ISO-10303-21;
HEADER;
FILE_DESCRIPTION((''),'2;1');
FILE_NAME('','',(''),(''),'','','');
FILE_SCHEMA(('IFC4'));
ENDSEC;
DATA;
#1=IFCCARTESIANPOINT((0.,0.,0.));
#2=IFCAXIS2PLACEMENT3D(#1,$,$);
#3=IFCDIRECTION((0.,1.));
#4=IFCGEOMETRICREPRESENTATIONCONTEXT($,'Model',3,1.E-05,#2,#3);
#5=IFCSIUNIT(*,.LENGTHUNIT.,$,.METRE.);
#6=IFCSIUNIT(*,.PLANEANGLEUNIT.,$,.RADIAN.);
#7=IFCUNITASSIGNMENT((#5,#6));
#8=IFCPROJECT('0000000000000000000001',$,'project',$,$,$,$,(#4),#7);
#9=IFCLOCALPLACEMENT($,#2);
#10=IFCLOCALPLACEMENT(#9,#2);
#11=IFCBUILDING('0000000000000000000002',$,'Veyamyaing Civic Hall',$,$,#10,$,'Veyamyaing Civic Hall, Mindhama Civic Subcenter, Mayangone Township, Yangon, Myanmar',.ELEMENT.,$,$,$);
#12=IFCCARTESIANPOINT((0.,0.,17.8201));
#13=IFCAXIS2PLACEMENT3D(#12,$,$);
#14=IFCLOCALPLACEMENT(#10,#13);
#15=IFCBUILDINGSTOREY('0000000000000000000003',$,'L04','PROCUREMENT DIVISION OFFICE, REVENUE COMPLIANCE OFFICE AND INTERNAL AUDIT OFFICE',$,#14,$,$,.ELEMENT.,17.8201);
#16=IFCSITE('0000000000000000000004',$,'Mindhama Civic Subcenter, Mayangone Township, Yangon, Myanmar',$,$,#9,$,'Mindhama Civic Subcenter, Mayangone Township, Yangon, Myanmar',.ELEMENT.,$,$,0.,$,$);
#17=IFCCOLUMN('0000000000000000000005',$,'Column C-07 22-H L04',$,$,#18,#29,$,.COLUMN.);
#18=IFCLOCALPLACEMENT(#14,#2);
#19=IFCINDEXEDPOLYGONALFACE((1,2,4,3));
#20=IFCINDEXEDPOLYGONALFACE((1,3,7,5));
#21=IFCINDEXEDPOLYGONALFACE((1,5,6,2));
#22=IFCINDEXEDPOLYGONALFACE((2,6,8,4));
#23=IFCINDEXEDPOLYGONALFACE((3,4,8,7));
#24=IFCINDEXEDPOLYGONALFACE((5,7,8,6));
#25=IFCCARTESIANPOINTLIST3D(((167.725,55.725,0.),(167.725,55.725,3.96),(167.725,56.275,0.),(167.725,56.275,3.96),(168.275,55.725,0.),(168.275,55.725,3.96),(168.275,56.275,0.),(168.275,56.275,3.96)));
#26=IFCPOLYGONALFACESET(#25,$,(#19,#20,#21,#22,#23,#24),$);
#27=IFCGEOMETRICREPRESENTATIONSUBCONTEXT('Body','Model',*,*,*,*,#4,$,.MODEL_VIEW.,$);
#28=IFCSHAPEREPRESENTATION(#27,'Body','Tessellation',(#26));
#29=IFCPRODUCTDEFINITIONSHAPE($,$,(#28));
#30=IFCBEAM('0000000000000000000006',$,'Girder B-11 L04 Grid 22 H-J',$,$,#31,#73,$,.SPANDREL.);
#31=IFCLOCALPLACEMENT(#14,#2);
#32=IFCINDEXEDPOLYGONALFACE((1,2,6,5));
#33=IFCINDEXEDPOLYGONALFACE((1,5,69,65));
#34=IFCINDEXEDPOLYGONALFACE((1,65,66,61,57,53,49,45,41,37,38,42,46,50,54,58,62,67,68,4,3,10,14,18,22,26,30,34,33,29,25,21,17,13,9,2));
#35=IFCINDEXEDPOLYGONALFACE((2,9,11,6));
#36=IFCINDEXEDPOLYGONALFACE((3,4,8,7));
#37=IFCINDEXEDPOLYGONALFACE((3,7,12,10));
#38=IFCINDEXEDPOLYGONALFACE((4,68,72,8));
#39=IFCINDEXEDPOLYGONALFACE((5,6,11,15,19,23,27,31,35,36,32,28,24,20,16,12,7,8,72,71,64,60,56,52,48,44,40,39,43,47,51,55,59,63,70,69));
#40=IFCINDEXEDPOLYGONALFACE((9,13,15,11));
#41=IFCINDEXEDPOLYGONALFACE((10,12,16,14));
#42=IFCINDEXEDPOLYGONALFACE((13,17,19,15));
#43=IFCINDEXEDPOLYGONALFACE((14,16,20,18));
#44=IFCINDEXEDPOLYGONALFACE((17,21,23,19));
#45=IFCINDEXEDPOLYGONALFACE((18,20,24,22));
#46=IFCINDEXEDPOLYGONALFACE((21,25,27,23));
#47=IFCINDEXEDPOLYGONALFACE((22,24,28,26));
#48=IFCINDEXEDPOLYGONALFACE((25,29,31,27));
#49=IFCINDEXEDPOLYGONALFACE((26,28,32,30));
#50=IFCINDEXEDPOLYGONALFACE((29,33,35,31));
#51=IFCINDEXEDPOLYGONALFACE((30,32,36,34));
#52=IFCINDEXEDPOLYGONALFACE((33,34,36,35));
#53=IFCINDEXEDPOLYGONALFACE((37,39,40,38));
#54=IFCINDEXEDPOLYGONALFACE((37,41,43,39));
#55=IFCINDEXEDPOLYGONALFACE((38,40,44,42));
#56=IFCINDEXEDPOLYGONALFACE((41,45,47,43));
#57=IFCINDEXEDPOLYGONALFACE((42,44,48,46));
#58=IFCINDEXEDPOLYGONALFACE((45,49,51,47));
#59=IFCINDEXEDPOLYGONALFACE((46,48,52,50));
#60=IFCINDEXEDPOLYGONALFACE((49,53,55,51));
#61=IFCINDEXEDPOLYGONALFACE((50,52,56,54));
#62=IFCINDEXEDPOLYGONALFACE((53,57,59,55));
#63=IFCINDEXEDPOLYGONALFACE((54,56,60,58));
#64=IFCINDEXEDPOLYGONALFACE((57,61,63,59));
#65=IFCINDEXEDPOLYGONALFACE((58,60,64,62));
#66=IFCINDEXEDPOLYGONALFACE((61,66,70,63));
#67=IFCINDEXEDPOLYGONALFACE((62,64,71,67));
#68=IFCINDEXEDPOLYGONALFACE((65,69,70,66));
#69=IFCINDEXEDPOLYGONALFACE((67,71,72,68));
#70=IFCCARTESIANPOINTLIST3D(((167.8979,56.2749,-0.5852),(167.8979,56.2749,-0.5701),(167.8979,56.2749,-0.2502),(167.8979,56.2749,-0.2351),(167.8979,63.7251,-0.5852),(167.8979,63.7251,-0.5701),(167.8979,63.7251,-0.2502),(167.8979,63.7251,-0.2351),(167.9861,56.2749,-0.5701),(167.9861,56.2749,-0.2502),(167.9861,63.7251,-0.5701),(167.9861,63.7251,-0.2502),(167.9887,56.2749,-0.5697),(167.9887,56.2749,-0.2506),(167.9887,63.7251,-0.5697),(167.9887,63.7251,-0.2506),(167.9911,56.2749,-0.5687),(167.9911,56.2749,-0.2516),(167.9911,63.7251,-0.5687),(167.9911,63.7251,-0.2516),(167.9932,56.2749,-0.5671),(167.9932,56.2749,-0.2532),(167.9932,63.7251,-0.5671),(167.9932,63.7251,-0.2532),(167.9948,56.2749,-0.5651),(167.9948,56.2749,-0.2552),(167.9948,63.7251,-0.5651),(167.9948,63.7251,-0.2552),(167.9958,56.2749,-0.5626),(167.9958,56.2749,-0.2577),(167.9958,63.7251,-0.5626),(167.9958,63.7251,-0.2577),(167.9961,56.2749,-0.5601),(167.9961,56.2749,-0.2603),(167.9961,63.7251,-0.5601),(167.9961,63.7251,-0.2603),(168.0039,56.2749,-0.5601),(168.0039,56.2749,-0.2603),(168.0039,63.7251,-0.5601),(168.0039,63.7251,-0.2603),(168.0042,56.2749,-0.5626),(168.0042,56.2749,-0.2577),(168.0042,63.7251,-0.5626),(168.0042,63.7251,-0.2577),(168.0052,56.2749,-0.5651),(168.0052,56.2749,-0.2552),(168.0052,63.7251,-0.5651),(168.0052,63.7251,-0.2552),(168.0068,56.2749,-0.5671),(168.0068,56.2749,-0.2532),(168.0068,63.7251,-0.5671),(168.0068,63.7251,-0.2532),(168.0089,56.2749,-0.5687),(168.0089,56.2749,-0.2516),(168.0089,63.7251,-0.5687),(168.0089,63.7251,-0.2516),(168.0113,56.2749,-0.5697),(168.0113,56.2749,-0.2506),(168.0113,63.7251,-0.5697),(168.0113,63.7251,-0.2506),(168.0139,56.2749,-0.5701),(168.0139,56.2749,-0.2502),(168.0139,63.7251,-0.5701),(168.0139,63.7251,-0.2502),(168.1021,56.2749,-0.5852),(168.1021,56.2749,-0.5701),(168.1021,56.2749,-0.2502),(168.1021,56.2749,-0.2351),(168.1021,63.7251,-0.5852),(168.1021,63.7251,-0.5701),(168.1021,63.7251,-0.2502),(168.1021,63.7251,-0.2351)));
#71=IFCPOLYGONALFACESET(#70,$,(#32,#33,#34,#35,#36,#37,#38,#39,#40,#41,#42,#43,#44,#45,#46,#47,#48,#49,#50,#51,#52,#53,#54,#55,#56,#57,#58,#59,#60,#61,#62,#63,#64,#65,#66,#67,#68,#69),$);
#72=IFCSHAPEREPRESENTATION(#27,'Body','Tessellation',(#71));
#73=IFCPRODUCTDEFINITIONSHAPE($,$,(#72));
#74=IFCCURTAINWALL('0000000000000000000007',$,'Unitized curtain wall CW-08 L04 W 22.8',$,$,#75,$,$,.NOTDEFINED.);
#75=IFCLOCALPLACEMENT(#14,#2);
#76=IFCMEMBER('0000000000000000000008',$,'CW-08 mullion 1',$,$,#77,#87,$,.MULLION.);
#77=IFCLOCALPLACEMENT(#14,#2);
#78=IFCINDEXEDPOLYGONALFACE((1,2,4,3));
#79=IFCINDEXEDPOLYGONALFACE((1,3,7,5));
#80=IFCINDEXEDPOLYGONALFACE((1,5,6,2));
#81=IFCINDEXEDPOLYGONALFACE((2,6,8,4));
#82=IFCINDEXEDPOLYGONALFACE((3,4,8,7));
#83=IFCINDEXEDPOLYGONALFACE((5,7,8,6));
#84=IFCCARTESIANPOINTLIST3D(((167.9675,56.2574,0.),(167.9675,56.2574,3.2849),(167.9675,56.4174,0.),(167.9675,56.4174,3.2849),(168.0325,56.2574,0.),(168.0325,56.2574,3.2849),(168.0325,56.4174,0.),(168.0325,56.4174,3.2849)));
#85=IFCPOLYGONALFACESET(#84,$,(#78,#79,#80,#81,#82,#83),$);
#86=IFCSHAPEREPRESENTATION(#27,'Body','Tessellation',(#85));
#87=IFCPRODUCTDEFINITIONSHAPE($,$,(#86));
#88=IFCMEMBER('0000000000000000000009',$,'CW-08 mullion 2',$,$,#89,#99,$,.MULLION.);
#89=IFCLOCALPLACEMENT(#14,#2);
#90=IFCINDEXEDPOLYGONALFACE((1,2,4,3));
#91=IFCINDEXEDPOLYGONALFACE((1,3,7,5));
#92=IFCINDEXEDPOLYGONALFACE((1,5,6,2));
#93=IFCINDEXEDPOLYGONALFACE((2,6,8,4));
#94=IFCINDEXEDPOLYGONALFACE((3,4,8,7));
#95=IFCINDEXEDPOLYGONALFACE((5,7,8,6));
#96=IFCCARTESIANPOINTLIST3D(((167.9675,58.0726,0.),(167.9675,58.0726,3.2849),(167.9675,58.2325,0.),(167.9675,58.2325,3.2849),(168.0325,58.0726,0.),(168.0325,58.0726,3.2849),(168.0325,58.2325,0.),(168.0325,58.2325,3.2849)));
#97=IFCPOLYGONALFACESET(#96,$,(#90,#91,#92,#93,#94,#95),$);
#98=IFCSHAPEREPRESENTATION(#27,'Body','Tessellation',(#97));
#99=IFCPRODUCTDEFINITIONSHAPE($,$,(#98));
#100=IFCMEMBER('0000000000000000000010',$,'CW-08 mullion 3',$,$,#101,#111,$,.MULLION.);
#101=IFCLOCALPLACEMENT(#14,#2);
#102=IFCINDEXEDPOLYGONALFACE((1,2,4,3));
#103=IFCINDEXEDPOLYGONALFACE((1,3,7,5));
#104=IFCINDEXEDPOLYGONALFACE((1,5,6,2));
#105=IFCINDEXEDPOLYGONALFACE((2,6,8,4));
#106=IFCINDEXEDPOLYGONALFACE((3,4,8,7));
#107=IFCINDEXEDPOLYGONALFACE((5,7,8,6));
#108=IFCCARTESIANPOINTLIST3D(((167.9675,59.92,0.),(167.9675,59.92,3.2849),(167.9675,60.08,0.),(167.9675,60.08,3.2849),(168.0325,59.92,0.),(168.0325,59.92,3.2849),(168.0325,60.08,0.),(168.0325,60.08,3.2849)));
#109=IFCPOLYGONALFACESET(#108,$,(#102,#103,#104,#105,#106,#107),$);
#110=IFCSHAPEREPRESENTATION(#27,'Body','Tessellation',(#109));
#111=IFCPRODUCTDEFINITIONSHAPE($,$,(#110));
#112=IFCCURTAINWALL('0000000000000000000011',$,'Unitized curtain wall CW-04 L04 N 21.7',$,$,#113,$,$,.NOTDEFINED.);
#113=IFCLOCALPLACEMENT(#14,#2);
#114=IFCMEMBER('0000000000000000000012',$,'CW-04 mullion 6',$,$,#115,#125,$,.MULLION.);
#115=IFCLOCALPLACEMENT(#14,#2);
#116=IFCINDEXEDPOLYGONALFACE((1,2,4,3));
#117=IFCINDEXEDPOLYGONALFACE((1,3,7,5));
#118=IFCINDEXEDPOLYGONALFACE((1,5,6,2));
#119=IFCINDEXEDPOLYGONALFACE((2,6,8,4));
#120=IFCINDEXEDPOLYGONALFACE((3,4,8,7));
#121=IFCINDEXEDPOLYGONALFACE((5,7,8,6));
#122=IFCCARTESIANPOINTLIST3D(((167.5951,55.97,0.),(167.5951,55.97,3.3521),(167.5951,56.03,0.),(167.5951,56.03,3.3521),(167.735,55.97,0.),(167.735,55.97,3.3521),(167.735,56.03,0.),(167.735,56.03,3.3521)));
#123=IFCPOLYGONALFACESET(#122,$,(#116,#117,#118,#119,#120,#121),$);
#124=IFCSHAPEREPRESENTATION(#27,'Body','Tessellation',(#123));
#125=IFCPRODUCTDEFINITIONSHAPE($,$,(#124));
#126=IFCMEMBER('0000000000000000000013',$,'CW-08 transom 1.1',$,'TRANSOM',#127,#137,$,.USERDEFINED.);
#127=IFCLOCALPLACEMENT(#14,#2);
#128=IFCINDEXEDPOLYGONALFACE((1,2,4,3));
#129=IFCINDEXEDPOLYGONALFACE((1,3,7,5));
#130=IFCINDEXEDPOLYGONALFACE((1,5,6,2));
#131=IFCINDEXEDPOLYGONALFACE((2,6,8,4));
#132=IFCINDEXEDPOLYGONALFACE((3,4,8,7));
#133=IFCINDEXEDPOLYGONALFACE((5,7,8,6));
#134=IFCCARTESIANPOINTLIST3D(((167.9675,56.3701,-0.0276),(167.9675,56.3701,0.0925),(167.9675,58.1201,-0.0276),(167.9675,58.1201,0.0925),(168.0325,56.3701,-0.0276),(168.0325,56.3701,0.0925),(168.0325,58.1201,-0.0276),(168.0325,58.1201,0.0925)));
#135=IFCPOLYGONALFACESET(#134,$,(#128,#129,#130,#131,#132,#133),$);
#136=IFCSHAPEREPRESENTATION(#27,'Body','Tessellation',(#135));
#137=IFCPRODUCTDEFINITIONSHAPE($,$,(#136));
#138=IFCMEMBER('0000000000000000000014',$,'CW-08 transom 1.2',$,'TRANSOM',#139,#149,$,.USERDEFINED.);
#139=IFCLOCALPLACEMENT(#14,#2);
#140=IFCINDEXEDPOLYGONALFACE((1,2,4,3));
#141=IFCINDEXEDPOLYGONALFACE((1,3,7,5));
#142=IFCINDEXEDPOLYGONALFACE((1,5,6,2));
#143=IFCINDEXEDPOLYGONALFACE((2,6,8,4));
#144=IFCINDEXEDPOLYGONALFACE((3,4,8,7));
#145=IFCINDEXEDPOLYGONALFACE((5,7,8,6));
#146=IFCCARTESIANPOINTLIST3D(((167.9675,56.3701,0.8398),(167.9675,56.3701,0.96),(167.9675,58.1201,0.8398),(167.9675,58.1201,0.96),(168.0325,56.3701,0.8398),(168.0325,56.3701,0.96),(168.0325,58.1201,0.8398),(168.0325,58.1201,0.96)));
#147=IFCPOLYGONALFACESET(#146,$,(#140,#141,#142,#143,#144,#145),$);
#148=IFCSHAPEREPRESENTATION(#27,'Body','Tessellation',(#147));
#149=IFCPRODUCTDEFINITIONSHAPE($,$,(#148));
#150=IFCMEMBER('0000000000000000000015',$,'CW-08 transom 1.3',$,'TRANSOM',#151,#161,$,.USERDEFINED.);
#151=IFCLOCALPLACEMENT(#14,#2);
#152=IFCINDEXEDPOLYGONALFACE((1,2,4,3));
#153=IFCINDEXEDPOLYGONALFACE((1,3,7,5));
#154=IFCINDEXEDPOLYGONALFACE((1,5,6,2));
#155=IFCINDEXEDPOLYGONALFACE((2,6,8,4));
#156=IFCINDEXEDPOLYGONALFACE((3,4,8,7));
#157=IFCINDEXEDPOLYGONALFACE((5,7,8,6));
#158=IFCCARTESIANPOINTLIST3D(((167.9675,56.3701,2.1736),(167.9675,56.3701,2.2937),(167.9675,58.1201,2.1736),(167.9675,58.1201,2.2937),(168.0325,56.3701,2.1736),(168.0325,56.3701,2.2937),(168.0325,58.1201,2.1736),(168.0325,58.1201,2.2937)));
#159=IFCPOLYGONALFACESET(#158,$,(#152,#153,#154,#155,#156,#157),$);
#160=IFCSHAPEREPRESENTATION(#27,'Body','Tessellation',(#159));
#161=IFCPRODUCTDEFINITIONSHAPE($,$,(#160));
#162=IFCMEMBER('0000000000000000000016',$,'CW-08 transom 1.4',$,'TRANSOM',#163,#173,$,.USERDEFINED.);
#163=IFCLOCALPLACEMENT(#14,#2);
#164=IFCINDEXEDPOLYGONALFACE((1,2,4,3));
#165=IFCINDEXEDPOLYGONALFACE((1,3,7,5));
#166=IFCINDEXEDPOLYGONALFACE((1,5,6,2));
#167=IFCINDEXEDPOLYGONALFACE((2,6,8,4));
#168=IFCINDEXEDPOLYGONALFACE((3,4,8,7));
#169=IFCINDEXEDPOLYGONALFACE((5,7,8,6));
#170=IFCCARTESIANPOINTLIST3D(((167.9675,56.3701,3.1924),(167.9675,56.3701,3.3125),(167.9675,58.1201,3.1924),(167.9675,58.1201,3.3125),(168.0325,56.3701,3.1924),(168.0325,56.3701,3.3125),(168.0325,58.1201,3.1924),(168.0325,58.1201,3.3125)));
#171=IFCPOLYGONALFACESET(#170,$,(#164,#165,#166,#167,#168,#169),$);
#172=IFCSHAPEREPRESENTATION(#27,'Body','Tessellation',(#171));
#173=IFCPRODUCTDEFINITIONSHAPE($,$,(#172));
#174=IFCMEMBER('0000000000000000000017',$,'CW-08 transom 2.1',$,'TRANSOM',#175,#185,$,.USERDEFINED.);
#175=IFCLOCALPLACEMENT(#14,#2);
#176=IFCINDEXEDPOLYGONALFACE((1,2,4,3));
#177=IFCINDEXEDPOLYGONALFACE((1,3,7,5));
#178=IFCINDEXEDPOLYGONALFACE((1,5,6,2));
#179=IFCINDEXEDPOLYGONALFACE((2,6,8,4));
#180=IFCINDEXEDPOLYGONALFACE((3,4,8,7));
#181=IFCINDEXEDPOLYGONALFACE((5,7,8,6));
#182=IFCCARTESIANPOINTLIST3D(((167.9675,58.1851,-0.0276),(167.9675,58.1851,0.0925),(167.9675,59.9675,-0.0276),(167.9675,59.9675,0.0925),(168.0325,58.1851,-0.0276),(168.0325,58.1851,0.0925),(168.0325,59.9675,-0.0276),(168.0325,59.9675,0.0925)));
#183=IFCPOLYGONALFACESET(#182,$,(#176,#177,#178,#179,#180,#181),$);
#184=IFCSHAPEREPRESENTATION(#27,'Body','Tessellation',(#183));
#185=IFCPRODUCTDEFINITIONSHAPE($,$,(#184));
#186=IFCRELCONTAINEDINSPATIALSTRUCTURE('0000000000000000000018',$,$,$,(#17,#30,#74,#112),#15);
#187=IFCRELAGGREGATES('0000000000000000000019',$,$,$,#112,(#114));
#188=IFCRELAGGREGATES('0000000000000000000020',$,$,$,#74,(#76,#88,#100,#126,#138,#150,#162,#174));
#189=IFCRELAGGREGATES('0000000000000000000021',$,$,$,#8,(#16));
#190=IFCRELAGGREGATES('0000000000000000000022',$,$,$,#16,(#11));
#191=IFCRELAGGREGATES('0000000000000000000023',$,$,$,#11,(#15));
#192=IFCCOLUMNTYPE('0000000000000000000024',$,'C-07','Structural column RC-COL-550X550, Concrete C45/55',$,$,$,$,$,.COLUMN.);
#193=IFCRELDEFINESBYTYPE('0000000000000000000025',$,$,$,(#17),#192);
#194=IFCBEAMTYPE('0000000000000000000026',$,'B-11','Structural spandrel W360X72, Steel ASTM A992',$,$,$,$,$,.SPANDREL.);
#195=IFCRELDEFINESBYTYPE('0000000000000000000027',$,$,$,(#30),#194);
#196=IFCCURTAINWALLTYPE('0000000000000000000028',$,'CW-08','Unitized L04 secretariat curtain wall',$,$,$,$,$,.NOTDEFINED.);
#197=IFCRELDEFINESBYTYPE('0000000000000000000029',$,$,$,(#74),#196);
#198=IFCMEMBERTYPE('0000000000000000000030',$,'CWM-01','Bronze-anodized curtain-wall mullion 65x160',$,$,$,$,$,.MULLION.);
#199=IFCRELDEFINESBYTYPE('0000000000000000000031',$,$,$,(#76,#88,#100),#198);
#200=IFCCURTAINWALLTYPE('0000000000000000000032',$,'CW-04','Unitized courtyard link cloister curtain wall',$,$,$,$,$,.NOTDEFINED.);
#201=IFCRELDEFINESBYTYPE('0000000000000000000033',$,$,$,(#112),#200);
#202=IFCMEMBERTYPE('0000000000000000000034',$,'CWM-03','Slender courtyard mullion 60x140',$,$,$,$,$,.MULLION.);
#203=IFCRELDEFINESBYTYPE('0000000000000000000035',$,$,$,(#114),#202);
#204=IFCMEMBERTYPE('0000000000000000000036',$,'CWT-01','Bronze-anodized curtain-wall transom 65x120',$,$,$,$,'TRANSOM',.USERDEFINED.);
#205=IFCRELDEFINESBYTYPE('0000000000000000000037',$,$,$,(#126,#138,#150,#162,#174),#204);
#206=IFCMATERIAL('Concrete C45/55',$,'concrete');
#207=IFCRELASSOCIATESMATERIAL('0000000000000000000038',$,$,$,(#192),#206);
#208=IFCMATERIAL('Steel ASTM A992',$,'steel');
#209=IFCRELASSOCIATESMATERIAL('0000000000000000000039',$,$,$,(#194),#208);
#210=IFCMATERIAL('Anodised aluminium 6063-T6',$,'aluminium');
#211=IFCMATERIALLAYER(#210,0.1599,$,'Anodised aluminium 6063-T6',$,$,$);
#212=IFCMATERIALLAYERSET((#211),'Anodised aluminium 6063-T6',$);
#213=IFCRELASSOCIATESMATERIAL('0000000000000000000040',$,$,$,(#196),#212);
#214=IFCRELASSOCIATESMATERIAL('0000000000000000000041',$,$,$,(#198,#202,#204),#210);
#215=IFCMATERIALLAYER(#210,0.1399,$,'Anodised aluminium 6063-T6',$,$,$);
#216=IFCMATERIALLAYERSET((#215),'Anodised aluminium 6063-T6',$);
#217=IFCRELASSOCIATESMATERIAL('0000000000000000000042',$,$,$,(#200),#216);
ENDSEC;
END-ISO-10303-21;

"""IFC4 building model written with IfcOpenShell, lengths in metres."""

from ifc_helpers import new_model, si_unit, direction, frame, origin, origin_2d, place, context, subcontext, project, spatial, rectangle, i_section, extrude, material, layer, layer_set, material_profile, profile_set, type_object, element, aggregate, save


model = new_model("IFC4")

# Units and contexts
model_context = context("Model", 3, precision=1e-05, world=origin(), true_north=direction((0.0, 1.0)))
body_context = subcontext(model_context, "Body", "Model", "MODEL_VIEW")
ifc_project = project(units=[si_unit("LENGTHUNIT", "METRE"), si_unit("PLANEANGLEUNIT", "RADIAN")], contexts=[model_context])

# Site, building, storey
site_placement = place(None, origin())
site = spatial("IfcSite", under=ifc_project, at=site_placement, Name="Mindhama Civic Subcenter, Mayangone Township, Yangon, Myanmar", LongName="Mindhama Civic Subcenter, Mayangone Township, Yangon, Myanmar", CompositionType="ELEMENT", RefElevation=0.0)
building_placement = place(site_placement, origin())
building = spatial("IfcBuilding", under=site, at=building_placement, Name="Veyamyaing Civic Hall", LongName="Veyamyaing Civic Hall, Mindhama Civic Subcenter, Mayangone Township, Yangon, Myanmar", CompositionType="ELEMENT")
storey_placement = place(building_placement, frame((0.0, 0.0, 17.8201)))
storey = spatial("IfcBuildingStorey", under=building, at=storey_placement, Name="L04", Description="PROCUREMENT DIVISION OFFICE, REVENUE COMPLIANCE OFFICE AND INTERNAL AUDIT OFFICE", CompositionType="ELEMENT", Elevation=17.8201)

# Column
ifc_material_1 = material(Name="Concrete C45/55", Category="concrete")
ifc_material_profile_1 = material_profile(ifc_material_1, rectangle(XDim=0.55, YDim=0.55, at=origin_2d()), Name="RC-COL-550X550")
ifc_profile_set_1 = profile_set([ifc_material_profile_1], Name="Concrete C45/55")
column_type = type_object("IfcColumnType", Name="C-07", Description="Structural column RC-COL-550X550, Concrete C45/55", PredefinedType="COLUMN", material=ifc_profile_set_1)
column_placement = place(storey_placement, frame((168.0, 56.0, 0.0), z_axis=(0.0, 0.0, 1.0), x_axis=(1.0, 0.0, 0.0)))
element("IfcColumn", 1, at=column_placement, inside=storey, type_object=column_type, Name="Column C-07 22-H L04", PredefinedType="COLUMN", context=body_context, shape_type="SweptSolid", body=[
    extrude(rectangle(XDim=0.55, YDim=0.55, at=origin_2d()), origin(), (0.0, 0.0, 1.0), 3.96),
])

# Beam
ifc_material_2 = material(Name="Steel ASTM A992", Category="steel")
ifc_material_profile_2 = material_profile(ifc_material_2, i_section(OverallWidth=0.2041, OverallDepth=0.3501, WebThickness=0.0078, FlangeThickness=0.0151, FilletRadius=0.01, at=origin_2d()), Name="W360X72")
ifc_profile_set_2 = profile_set([ifc_material_profile_2], Name="Steel ASTM A992")
beam_type = type_object("IfcBeamType", Name="B-11", Description="Structural spandrel W360X72, Steel ASTM A992", PredefinedType="SPANDREL", material=ifc_profile_set_2)
beam_placement = place(storey_placement, frame((168.0, 56.2749, -0.4102), z_axis=(0.0, 1.0, 0.0), x_axis=(-1.0, 0.0, 0.0)))
element("IfcBeam", 2, at=beam_placement, inside=storey, type_object=beam_type, Name="Girder B-11 L04 Grid 22 H-J", PredefinedType="SPANDREL", context=body_context, shape_type="SweptSolid", body=[
    extrude(i_section(OverallWidth=0.2041, OverallDepth=0.3501, WebThickness=0.0078, FlangeThickness=0.0151, FilletRadius=0.01, at=origin_2d()), origin(), (0.0, 0.0, 1.0), 7.4502),
])

# Curtain wall, members
ifc_material_3 = material(Name="Anodised aluminium 6063-T6", Category="aluminium")
ifc_layer_1 = layer(ifc_material_3, 0.1599, Name="Anodised aluminium 6063-T6")
ifc_layer_set_1 = layer_set([ifc_layer_1], Name="Anodised aluminium 6063-T6")
curtain_wall_type_1 = type_object("IfcCurtainWallType", Name="CW-08", Description="Unitized L04 secretariat curtain wall", PredefinedType="NOTDEFINED", material=ifc_layer_set_1)
curtain_wall_1_placement = place(storey_placement, origin())
curtain_wall_1 = element("IfcCurtainWall", 3, at=curtain_wall_1_placement, inside=storey, type_object=curtain_wall_type_1, Name="Unitized curtain wall CW-08 L04 W 22.8", PredefinedType="NOTDEFINED")
ifc_material_profile_3 = material_profile(ifc_material_3, rectangle(XDim=0.0649, YDim=0.1599, at=origin_2d()), Name="ALU-MUL-65X160")
ifc_profile_set_3 = profile_set([ifc_material_profile_3], Name="Anodised aluminium 6063-T6")
member_type_1 = type_object("IfcMemberType", Name="CWM-01", Description="Bronze-anodized curtain-wall mullion 65x160", PredefinedType="MULLION", material=ifc_profile_set_3)
member_1_placement = place(storey_placement, frame((168.0, 56.3374, 0.0), z_axis=(0.0, 0.0, 1.0), x_axis=(-1.0, 0.0, 0.0)))
member_1 = element("IfcMember", 4, at=member_1_placement, type_object=member_type_1, Name="CW-08 mullion 1", PredefinedType="MULLION", context=body_context, shape_type="SweptSolid", body=[
    extrude(rectangle(XDim=0.0649, YDim=0.1599, at=origin_2d()), origin(), (0.0, 0.0, 1.0), 3.2849),
])
member_2_placement = place(storey_placement, frame((168.0, 58.1526, 0.0), z_axis=(0.0, 0.0, 1.0), x_axis=(-1.0, 0.0, 0.0)))
member_2 = element("IfcMember", 5, at=member_2_placement, type_object=member_type_1, Name="CW-08 mullion 2", PredefinedType="MULLION", context=body_context, shape_type="SweptSolid", body=[
    extrude(rectangle(XDim=0.0649, YDim=0.1599, at=origin_2d()), origin(), (0.0, 0.0, 1.0), 3.2849),
])
member_3_placement = place(storey_placement, frame((168.0, 60.0, 0.0), z_axis=(0.0, 0.0, 1.0), x_axis=(-1.0, 0.0, 0.0)))
member_3 = element("IfcMember", 6, at=member_3_placement, type_object=member_type_1, Name="CW-08 mullion 3", PredefinedType="MULLION", context=body_context, shape_type="SweptSolid", body=[
    extrude(rectangle(XDim=0.0649, YDim=0.1599, at=origin_2d()), origin(), (0.0, 0.0, 1.0), 3.2849),
])

# Curtain wall, member
ifc_layer_2 = layer(ifc_material_3, 0.1399, Name="Anodised aluminium 6063-T6")
ifc_layer_set_2 = layer_set([ifc_layer_2], Name="Anodised aluminium 6063-T6")
curtain_wall_type_2 = type_object("IfcCurtainWallType", Name="CW-04", Description="Unitized courtyard link cloister curtain wall", PredefinedType="NOTDEFINED", material=ifc_layer_set_2)
curtain_wall_2_placement = place(storey_placement, origin())
curtain_wall_2 = element("IfcCurtainWall", 7, at=curtain_wall_2_placement, inside=storey, type_object=curtain_wall_type_2, Name="Unitized curtain wall CW-04 L04 N 21.7", PredefinedType="NOTDEFINED")
ifc_material_profile_4 = material_profile(ifc_material_3, rectangle(XDim=0.0601, YDim=0.1399, at=origin_2d()), Name="ALU-MUL-60X140")
ifc_profile_set_4 = profile_set([ifc_material_profile_4], Name="Anodised aluminium 6063-T6")
member_type_2 = type_object("IfcMemberType", Name="CWM-03", Description="Slender courtyard mullion 60x140", PredefinedType="MULLION", material=ifc_profile_set_4)
member_4_placement = place(storey_placement, frame((167.665, 56.0, 0.0), z_axis=(0.0, 0.0, 1.0), x_axis=(0.0, 1.0, 0.0)))
member_4 = element("IfcMember", 8, at=member_4_placement, type_object=member_type_2, Name="CW-04 mullion 6", PredefinedType="MULLION", context=body_context, shape_type="SweptSolid", body=[
    extrude(rectangle(XDim=0.0601, YDim=0.1399, at=origin_2d()), origin(), (0.0, 0.0, 1.0), 3.3521),
])
aggregate(curtain_wall_2, [member_4])

# Members
ifc_material_profile_5 = material_profile(ifc_material_3, rectangle(XDim=0.0649, YDim=0.1201, at=origin_2d()), Name="ALU-TRN-65X120")
ifc_profile_set_5 = profile_set([ifc_material_profile_5], Name="Anodised aluminium 6063-T6")
member_type_3 = type_object("IfcMemberType", Name="CWT-01", Description="Bronze-anodized curtain-wall transom 65x120", ElementType="TRANSOM", PredefinedType="USERDEFINED", material=ifc_profile_set_5)
member_5_placement = place(storey_placement, frame((168.0, 56.3701, 0.0325), z_axis=(0.0, 1.0, 0.0), x_axis=(-1.0, 0.0, 0.0)))
member_5 = element("IfcMember", 9, at=member_5_placement, type_object=member_type_3, Name="CW-08 transom 1.1", ObjectType="TRANSOM", PredefinedType="USERDEFINED", context=body_context, shape_type="SweptSolid", body=[
    extrude(rectangle(XDim=0.0649, YDim=0.1201, at=origin_2d()), origin(), (0.0, 0.0, 1.0), 1.75),
])
member_6_placement = place(storey_placement, frame((168.0, 56.3701, 0.8999), z_axis=(0.0, 1.0, 0.0), x_axis=(-1.0, 0.0, 0.0)))
member_6 = element("IfcMember", 10, at=member_6_placement, type_object=member_type_3, Name="CW-08 transom 1.2", ObjectType="TRANSOM", PredefinedType="USERDEFINED", context=body_context, shape_type="SweptSolid", body=[
    extrude(rectangle(XDim=0.0649, YDim=0.1201, at=origin_2d()), origin(), (0.0, 0.0, 1.0), 1.75),
])
member_7_placement = place(storey_placement, frame((168.0, 56.3701, 2.2336), z_axis=(0.0, 1.0, 0.0), x_axis=(-1.0, 0.0, 0.0)))
member_7 = element("IfcMember", 11, at=member_7_placement, type_object=member_type_3, Name="CW-08 transom 1.3", ObjectType="TRANSOM", PredefinedType="USERDEFINED", context=body_context, shape_type="SweptSolid", body=[
    extrude(rectangle(XDim=0.0649, YDim=0.1201, at=origin_2d()), origin(), (0.0, 0.0, 1.0), 1.75),
])
member_8_placement = place(storey_placement, frame((168.0, 56.3701, 3.2524), z_axis=(0.0, 1.0, 0.0), x_axis=(-1.0, 0.0, 0.0)))
member_8 = element("IfcMember", 12, at=member_8_placement, type_object=member_type_3, Name="CW-08 transom 1.4", ObjectType="TRANSOM", PredefinedType="USERDEFINED", context=body_context, shape_type="SweptSolid", body=[
    extrude(rectangle(XDim=0.0649, YDim=0.1201, at=origin_2d()), origin(), (0.0, 0.0, 1.0), 1.75),
])
member_9_placement = place(storey_placement, frame((168.0, 58.1851, 0.0325), z_axis=(0.0, 1.0, 0.0), x_axis=(-1.0, 0.0, 0.0)))
member_9 = element("IfcMember", 13, at=member_9_placement, type_object=member_type_3, Name="CW-08 transom 2.1", ObjectType="TRANSOM", PredefinedType="USERDEFINED", context=body_context, shape_type="SweptSolid", body=[
    extrude(rectangle(XDim=0.0649, YDim=0.1201, at=origin_2d()), origin(), (0.0, 0.0, 1.0), 1.7825),
])

aggregate(curtain_wall_1, [member_1, member_2, member_3, member_5, member_6, member_7, member_8, member_9])

save(model, "model.ifc")
